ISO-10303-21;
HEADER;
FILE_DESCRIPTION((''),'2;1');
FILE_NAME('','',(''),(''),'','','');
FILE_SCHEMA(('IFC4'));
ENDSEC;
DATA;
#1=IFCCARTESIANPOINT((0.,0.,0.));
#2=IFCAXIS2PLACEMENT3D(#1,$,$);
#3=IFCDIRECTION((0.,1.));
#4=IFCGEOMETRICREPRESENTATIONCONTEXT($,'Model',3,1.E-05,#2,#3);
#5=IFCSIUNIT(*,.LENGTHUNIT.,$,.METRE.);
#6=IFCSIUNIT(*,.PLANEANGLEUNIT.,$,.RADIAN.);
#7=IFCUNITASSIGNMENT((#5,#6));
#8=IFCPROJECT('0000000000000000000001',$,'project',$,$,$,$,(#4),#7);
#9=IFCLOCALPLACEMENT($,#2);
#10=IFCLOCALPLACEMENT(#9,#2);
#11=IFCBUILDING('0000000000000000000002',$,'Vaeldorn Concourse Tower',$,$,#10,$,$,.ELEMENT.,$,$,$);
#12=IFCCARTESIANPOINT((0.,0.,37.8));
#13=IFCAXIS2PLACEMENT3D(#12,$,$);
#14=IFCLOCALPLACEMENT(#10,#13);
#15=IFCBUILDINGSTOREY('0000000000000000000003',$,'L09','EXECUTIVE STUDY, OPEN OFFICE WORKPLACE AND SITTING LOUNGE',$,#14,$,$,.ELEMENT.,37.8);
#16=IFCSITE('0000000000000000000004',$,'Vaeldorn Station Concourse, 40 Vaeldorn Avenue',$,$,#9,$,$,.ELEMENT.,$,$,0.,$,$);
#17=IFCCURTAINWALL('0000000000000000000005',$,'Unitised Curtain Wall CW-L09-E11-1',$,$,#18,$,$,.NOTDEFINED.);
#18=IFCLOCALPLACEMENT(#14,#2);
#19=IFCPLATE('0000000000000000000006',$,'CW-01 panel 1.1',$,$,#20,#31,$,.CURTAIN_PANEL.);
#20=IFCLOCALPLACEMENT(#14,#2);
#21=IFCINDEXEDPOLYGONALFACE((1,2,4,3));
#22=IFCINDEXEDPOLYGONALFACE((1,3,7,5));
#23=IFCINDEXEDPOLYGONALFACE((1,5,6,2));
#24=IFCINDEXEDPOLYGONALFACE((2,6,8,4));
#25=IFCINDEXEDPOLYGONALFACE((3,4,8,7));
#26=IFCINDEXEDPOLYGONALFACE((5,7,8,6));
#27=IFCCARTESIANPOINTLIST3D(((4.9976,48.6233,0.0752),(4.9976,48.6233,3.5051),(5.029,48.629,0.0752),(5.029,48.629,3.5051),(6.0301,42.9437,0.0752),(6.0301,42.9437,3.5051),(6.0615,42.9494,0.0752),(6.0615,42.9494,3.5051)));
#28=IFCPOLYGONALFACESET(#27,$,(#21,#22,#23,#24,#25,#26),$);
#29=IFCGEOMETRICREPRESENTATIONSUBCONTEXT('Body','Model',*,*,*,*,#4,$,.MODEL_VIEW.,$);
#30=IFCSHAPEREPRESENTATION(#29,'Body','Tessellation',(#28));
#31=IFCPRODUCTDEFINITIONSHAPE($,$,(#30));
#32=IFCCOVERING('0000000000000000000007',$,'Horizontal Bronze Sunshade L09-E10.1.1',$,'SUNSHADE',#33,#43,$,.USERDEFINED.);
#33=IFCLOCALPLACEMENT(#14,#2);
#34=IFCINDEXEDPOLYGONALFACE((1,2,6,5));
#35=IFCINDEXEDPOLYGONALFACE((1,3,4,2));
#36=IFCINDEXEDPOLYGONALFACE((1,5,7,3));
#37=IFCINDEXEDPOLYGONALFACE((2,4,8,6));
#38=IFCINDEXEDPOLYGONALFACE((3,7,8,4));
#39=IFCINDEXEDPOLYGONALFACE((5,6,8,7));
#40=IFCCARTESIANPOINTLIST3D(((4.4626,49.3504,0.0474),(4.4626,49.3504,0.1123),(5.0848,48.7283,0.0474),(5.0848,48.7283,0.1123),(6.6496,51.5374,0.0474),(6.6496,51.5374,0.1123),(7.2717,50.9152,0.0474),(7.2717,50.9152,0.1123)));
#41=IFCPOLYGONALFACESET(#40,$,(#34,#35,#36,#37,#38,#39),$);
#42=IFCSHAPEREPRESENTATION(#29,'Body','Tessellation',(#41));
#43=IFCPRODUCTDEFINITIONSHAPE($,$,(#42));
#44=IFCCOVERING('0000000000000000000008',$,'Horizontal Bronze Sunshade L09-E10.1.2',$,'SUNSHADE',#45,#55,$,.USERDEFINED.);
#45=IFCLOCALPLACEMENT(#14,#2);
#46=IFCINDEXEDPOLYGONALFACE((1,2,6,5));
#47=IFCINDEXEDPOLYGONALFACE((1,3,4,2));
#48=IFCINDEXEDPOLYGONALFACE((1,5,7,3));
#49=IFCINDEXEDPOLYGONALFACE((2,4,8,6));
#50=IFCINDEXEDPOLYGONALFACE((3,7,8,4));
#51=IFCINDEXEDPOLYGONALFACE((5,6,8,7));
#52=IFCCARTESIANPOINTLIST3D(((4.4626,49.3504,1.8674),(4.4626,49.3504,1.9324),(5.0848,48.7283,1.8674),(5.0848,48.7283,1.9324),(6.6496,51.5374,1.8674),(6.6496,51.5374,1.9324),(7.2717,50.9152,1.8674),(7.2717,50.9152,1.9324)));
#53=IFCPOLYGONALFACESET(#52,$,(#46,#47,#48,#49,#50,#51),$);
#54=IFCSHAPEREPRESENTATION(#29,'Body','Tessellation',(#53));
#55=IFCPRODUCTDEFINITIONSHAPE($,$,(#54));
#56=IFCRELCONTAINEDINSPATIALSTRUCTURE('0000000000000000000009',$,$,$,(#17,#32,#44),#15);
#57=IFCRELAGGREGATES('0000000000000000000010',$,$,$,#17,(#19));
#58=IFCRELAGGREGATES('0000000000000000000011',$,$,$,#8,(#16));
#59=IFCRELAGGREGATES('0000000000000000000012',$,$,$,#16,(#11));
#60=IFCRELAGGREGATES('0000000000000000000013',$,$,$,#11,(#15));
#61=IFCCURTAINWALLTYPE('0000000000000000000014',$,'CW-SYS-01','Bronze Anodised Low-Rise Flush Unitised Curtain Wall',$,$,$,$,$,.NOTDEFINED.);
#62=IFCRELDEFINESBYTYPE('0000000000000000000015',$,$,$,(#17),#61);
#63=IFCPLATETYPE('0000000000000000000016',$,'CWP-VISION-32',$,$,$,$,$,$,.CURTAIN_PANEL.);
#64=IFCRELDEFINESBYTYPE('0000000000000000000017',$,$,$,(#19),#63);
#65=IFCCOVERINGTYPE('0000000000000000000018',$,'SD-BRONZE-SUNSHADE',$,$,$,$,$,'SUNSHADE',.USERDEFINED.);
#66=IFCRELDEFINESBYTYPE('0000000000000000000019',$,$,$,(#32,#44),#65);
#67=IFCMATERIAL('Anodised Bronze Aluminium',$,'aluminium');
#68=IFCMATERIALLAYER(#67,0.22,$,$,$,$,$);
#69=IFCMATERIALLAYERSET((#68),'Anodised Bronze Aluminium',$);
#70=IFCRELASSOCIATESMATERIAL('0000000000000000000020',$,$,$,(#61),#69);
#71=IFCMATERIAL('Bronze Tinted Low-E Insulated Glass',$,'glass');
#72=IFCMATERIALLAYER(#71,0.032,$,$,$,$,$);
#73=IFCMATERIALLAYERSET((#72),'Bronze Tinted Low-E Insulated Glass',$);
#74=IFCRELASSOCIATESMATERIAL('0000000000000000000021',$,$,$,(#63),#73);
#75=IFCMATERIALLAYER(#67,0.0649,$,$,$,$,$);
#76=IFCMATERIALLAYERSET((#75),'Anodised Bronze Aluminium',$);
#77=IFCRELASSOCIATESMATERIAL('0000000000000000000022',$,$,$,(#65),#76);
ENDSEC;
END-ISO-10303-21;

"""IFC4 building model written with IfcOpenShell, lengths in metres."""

from ifc_helpers import new_model, si_unit, direction, frame, origin, origin_2d, place, context, subcontext, project, spatial, rectangle, extrude, source, transform, mapped, material, layer, layer_set, type_object, element, aggregate, save


model = new_model("IFC4")

# Units and contexts
model_context = context("Model", 3, precision=1e-05, world=origin(), true_north=direction((0.0, 1.0)))
body_context = subcontext(model_context, "Body", "Model", "MODEL_VIEW")
ifc_project = project(units=[si_unit("LENGTHUNIT", "METRE"), si_unit("PLANEANGLEUNIT", "RADIAN")], contexts=[model_context])

# Site, building, storey
site_placement = place(None, origin())
site = spatial("IfcSite", under=ifc_project, at=site_placement, Name="Vaeldorn Station Concourse, 40 Vaeldorn Avenue", CompositionType="ELEMENT", RefElevation=0.0)
building_placement = place(site_placement, origin())
building = spatial("IfcBuilding", under=site, at=building_placement, Name="Vaeldorn Concourse Tower", CompositionType="ELEMENT")
storey_placement = place(building_placement, frame((0.0, 0.0, 37.8)))
storey = spatial("IfcBuildingStorey", under=building, at=storey_placement, Name="L09", Description="EXECUTIVE STUDY, OPEN OFFICE WORKPLACE AND SITTING LOUNGE", CompositionType="ELEMENT", Elevation=37.8)

# Curtain wall
ifc_material_1 = material(Name="Anodised Bronze Aluminium", Category="aluminium")
ifc_layer_1 = layer(ifc_material_1, 0.22)
ifc_layer_set_1 = layer_set([ifc_layer_1], Name="Anodised Bronze Aluminium")
curtain_wall_type = type_object("IfcCurtainWallType", Name="CW-SYS-01", Description="Bronze Anodised Low-Rise Flush Unitised Curtain Wall", PredefinedType="NOTDEFINED", material=ifc_layer_set_1)
curtain_wall_1_placement = place(storey_placement, origin())
curtain_wall_1 = element("IfcCurtainWall", 1, at=curtain_wall_1_placement, inside=storey, type_object=curtain_wall_type, Name="Unitised Curtain Wall CW-L09-E11-1", PredefinedType="NOTDEFINED")

# Plate
ifc_material_2 = material(Name="Bronze Tinted Low-E Insulated Glass", Category="glass")
ifc_layer_2 = layer(ifc_material_2, 0.032)
ifc_layer_set_2 = layer_set([ifc_layer_2], Name="Bronze Tinted Low-E Insulated Glass")
plate_type = type_object("IfcPlateType", Name="CWP-VISION-32", PredefinedType="CURTAIN_PANEL", material=ifc_layer_set_2)
shared_shape_1 = source(origin(), body_context, "Body", "SweptSolid", [
    extrude(rectangle(XDim=5.7727, YDim=0.032, at=origin_2d()), origin(), (0.0, 0.0, 1.0), 3.4299),
])
plate_1_placement = place(storey_placement, frame((5.5295, 45.7864, 0.0752), z_axis=(0.0, 0.0, 1.0), x_axis=(0.178857, -0.983875, 0.0)))
plate_1 = element("IfcPlate", 2, at=plate_1_placement, type_object=plate_type, Name="CW-01 panel 1.1", PredefinedType="CURTAIN_PANEL", context=body_context, shape_type="MappedRepresentation", body=[
    mapped(shared_shape_1, transform((0.0, 0.0, 0.0), scale=1.0)),
])
aggregate(curtain_wall_1, [plate_1])

# Coverings
ifc_layer_3 = layer(ifc_material_1, 0.0649)
ifc_layer_set_3 = layer_set([ifc_layer_3], Name="Anodised Bronze Aluminium")
covering_type = type_object("IfcCoveringType", Name="SD-BRONZE-SUNSHADE", ElementType="SUNSHADE", PredefinedType="USERDEFINED", material=ifc_layer_set_3)
shared_shape_2 = source(origin(), body_context, "Body", "SweptSolid", [
    extrude(rectangle(XDim=3.0928, YDim=0.8799, at=origin_2d()), origin(), (0.0, 0.0, 1.0), 0.0649),
])
for number, where, z_axis, x_axis, name in (
    (3, (5.8672, 50.1328, 0.0474), (0.0, 0.0, 1.0), (-0.707107, -0.707107, 0.0), "Horizontal Bronze Sunshade L09-E10.1.1"),
    (4, (5.8672, 50.1328, 1.8674), (0.0, 0.0, 1.0), (-0.707107, -0.707107, 0.0), "Horizontal Bronze Sunshade L09-E10.1.2"),
):
    element("IfcCovering", number, at=place(storey_placement, frame(where, z_axis=z_axis, x_axis=x_axis)), inside=storey, type_object=covering_type, Name=name, ObjectType="SUNSHADE", PredefinedType="USERDEFINED", context=body_context, shape_type="MappedRepresentation", body=[
        mapped(shared_shape_2, transform((0.0, 0.0, 0.0), scale=1.0)),
    ])

save(model, "model.ifc")
